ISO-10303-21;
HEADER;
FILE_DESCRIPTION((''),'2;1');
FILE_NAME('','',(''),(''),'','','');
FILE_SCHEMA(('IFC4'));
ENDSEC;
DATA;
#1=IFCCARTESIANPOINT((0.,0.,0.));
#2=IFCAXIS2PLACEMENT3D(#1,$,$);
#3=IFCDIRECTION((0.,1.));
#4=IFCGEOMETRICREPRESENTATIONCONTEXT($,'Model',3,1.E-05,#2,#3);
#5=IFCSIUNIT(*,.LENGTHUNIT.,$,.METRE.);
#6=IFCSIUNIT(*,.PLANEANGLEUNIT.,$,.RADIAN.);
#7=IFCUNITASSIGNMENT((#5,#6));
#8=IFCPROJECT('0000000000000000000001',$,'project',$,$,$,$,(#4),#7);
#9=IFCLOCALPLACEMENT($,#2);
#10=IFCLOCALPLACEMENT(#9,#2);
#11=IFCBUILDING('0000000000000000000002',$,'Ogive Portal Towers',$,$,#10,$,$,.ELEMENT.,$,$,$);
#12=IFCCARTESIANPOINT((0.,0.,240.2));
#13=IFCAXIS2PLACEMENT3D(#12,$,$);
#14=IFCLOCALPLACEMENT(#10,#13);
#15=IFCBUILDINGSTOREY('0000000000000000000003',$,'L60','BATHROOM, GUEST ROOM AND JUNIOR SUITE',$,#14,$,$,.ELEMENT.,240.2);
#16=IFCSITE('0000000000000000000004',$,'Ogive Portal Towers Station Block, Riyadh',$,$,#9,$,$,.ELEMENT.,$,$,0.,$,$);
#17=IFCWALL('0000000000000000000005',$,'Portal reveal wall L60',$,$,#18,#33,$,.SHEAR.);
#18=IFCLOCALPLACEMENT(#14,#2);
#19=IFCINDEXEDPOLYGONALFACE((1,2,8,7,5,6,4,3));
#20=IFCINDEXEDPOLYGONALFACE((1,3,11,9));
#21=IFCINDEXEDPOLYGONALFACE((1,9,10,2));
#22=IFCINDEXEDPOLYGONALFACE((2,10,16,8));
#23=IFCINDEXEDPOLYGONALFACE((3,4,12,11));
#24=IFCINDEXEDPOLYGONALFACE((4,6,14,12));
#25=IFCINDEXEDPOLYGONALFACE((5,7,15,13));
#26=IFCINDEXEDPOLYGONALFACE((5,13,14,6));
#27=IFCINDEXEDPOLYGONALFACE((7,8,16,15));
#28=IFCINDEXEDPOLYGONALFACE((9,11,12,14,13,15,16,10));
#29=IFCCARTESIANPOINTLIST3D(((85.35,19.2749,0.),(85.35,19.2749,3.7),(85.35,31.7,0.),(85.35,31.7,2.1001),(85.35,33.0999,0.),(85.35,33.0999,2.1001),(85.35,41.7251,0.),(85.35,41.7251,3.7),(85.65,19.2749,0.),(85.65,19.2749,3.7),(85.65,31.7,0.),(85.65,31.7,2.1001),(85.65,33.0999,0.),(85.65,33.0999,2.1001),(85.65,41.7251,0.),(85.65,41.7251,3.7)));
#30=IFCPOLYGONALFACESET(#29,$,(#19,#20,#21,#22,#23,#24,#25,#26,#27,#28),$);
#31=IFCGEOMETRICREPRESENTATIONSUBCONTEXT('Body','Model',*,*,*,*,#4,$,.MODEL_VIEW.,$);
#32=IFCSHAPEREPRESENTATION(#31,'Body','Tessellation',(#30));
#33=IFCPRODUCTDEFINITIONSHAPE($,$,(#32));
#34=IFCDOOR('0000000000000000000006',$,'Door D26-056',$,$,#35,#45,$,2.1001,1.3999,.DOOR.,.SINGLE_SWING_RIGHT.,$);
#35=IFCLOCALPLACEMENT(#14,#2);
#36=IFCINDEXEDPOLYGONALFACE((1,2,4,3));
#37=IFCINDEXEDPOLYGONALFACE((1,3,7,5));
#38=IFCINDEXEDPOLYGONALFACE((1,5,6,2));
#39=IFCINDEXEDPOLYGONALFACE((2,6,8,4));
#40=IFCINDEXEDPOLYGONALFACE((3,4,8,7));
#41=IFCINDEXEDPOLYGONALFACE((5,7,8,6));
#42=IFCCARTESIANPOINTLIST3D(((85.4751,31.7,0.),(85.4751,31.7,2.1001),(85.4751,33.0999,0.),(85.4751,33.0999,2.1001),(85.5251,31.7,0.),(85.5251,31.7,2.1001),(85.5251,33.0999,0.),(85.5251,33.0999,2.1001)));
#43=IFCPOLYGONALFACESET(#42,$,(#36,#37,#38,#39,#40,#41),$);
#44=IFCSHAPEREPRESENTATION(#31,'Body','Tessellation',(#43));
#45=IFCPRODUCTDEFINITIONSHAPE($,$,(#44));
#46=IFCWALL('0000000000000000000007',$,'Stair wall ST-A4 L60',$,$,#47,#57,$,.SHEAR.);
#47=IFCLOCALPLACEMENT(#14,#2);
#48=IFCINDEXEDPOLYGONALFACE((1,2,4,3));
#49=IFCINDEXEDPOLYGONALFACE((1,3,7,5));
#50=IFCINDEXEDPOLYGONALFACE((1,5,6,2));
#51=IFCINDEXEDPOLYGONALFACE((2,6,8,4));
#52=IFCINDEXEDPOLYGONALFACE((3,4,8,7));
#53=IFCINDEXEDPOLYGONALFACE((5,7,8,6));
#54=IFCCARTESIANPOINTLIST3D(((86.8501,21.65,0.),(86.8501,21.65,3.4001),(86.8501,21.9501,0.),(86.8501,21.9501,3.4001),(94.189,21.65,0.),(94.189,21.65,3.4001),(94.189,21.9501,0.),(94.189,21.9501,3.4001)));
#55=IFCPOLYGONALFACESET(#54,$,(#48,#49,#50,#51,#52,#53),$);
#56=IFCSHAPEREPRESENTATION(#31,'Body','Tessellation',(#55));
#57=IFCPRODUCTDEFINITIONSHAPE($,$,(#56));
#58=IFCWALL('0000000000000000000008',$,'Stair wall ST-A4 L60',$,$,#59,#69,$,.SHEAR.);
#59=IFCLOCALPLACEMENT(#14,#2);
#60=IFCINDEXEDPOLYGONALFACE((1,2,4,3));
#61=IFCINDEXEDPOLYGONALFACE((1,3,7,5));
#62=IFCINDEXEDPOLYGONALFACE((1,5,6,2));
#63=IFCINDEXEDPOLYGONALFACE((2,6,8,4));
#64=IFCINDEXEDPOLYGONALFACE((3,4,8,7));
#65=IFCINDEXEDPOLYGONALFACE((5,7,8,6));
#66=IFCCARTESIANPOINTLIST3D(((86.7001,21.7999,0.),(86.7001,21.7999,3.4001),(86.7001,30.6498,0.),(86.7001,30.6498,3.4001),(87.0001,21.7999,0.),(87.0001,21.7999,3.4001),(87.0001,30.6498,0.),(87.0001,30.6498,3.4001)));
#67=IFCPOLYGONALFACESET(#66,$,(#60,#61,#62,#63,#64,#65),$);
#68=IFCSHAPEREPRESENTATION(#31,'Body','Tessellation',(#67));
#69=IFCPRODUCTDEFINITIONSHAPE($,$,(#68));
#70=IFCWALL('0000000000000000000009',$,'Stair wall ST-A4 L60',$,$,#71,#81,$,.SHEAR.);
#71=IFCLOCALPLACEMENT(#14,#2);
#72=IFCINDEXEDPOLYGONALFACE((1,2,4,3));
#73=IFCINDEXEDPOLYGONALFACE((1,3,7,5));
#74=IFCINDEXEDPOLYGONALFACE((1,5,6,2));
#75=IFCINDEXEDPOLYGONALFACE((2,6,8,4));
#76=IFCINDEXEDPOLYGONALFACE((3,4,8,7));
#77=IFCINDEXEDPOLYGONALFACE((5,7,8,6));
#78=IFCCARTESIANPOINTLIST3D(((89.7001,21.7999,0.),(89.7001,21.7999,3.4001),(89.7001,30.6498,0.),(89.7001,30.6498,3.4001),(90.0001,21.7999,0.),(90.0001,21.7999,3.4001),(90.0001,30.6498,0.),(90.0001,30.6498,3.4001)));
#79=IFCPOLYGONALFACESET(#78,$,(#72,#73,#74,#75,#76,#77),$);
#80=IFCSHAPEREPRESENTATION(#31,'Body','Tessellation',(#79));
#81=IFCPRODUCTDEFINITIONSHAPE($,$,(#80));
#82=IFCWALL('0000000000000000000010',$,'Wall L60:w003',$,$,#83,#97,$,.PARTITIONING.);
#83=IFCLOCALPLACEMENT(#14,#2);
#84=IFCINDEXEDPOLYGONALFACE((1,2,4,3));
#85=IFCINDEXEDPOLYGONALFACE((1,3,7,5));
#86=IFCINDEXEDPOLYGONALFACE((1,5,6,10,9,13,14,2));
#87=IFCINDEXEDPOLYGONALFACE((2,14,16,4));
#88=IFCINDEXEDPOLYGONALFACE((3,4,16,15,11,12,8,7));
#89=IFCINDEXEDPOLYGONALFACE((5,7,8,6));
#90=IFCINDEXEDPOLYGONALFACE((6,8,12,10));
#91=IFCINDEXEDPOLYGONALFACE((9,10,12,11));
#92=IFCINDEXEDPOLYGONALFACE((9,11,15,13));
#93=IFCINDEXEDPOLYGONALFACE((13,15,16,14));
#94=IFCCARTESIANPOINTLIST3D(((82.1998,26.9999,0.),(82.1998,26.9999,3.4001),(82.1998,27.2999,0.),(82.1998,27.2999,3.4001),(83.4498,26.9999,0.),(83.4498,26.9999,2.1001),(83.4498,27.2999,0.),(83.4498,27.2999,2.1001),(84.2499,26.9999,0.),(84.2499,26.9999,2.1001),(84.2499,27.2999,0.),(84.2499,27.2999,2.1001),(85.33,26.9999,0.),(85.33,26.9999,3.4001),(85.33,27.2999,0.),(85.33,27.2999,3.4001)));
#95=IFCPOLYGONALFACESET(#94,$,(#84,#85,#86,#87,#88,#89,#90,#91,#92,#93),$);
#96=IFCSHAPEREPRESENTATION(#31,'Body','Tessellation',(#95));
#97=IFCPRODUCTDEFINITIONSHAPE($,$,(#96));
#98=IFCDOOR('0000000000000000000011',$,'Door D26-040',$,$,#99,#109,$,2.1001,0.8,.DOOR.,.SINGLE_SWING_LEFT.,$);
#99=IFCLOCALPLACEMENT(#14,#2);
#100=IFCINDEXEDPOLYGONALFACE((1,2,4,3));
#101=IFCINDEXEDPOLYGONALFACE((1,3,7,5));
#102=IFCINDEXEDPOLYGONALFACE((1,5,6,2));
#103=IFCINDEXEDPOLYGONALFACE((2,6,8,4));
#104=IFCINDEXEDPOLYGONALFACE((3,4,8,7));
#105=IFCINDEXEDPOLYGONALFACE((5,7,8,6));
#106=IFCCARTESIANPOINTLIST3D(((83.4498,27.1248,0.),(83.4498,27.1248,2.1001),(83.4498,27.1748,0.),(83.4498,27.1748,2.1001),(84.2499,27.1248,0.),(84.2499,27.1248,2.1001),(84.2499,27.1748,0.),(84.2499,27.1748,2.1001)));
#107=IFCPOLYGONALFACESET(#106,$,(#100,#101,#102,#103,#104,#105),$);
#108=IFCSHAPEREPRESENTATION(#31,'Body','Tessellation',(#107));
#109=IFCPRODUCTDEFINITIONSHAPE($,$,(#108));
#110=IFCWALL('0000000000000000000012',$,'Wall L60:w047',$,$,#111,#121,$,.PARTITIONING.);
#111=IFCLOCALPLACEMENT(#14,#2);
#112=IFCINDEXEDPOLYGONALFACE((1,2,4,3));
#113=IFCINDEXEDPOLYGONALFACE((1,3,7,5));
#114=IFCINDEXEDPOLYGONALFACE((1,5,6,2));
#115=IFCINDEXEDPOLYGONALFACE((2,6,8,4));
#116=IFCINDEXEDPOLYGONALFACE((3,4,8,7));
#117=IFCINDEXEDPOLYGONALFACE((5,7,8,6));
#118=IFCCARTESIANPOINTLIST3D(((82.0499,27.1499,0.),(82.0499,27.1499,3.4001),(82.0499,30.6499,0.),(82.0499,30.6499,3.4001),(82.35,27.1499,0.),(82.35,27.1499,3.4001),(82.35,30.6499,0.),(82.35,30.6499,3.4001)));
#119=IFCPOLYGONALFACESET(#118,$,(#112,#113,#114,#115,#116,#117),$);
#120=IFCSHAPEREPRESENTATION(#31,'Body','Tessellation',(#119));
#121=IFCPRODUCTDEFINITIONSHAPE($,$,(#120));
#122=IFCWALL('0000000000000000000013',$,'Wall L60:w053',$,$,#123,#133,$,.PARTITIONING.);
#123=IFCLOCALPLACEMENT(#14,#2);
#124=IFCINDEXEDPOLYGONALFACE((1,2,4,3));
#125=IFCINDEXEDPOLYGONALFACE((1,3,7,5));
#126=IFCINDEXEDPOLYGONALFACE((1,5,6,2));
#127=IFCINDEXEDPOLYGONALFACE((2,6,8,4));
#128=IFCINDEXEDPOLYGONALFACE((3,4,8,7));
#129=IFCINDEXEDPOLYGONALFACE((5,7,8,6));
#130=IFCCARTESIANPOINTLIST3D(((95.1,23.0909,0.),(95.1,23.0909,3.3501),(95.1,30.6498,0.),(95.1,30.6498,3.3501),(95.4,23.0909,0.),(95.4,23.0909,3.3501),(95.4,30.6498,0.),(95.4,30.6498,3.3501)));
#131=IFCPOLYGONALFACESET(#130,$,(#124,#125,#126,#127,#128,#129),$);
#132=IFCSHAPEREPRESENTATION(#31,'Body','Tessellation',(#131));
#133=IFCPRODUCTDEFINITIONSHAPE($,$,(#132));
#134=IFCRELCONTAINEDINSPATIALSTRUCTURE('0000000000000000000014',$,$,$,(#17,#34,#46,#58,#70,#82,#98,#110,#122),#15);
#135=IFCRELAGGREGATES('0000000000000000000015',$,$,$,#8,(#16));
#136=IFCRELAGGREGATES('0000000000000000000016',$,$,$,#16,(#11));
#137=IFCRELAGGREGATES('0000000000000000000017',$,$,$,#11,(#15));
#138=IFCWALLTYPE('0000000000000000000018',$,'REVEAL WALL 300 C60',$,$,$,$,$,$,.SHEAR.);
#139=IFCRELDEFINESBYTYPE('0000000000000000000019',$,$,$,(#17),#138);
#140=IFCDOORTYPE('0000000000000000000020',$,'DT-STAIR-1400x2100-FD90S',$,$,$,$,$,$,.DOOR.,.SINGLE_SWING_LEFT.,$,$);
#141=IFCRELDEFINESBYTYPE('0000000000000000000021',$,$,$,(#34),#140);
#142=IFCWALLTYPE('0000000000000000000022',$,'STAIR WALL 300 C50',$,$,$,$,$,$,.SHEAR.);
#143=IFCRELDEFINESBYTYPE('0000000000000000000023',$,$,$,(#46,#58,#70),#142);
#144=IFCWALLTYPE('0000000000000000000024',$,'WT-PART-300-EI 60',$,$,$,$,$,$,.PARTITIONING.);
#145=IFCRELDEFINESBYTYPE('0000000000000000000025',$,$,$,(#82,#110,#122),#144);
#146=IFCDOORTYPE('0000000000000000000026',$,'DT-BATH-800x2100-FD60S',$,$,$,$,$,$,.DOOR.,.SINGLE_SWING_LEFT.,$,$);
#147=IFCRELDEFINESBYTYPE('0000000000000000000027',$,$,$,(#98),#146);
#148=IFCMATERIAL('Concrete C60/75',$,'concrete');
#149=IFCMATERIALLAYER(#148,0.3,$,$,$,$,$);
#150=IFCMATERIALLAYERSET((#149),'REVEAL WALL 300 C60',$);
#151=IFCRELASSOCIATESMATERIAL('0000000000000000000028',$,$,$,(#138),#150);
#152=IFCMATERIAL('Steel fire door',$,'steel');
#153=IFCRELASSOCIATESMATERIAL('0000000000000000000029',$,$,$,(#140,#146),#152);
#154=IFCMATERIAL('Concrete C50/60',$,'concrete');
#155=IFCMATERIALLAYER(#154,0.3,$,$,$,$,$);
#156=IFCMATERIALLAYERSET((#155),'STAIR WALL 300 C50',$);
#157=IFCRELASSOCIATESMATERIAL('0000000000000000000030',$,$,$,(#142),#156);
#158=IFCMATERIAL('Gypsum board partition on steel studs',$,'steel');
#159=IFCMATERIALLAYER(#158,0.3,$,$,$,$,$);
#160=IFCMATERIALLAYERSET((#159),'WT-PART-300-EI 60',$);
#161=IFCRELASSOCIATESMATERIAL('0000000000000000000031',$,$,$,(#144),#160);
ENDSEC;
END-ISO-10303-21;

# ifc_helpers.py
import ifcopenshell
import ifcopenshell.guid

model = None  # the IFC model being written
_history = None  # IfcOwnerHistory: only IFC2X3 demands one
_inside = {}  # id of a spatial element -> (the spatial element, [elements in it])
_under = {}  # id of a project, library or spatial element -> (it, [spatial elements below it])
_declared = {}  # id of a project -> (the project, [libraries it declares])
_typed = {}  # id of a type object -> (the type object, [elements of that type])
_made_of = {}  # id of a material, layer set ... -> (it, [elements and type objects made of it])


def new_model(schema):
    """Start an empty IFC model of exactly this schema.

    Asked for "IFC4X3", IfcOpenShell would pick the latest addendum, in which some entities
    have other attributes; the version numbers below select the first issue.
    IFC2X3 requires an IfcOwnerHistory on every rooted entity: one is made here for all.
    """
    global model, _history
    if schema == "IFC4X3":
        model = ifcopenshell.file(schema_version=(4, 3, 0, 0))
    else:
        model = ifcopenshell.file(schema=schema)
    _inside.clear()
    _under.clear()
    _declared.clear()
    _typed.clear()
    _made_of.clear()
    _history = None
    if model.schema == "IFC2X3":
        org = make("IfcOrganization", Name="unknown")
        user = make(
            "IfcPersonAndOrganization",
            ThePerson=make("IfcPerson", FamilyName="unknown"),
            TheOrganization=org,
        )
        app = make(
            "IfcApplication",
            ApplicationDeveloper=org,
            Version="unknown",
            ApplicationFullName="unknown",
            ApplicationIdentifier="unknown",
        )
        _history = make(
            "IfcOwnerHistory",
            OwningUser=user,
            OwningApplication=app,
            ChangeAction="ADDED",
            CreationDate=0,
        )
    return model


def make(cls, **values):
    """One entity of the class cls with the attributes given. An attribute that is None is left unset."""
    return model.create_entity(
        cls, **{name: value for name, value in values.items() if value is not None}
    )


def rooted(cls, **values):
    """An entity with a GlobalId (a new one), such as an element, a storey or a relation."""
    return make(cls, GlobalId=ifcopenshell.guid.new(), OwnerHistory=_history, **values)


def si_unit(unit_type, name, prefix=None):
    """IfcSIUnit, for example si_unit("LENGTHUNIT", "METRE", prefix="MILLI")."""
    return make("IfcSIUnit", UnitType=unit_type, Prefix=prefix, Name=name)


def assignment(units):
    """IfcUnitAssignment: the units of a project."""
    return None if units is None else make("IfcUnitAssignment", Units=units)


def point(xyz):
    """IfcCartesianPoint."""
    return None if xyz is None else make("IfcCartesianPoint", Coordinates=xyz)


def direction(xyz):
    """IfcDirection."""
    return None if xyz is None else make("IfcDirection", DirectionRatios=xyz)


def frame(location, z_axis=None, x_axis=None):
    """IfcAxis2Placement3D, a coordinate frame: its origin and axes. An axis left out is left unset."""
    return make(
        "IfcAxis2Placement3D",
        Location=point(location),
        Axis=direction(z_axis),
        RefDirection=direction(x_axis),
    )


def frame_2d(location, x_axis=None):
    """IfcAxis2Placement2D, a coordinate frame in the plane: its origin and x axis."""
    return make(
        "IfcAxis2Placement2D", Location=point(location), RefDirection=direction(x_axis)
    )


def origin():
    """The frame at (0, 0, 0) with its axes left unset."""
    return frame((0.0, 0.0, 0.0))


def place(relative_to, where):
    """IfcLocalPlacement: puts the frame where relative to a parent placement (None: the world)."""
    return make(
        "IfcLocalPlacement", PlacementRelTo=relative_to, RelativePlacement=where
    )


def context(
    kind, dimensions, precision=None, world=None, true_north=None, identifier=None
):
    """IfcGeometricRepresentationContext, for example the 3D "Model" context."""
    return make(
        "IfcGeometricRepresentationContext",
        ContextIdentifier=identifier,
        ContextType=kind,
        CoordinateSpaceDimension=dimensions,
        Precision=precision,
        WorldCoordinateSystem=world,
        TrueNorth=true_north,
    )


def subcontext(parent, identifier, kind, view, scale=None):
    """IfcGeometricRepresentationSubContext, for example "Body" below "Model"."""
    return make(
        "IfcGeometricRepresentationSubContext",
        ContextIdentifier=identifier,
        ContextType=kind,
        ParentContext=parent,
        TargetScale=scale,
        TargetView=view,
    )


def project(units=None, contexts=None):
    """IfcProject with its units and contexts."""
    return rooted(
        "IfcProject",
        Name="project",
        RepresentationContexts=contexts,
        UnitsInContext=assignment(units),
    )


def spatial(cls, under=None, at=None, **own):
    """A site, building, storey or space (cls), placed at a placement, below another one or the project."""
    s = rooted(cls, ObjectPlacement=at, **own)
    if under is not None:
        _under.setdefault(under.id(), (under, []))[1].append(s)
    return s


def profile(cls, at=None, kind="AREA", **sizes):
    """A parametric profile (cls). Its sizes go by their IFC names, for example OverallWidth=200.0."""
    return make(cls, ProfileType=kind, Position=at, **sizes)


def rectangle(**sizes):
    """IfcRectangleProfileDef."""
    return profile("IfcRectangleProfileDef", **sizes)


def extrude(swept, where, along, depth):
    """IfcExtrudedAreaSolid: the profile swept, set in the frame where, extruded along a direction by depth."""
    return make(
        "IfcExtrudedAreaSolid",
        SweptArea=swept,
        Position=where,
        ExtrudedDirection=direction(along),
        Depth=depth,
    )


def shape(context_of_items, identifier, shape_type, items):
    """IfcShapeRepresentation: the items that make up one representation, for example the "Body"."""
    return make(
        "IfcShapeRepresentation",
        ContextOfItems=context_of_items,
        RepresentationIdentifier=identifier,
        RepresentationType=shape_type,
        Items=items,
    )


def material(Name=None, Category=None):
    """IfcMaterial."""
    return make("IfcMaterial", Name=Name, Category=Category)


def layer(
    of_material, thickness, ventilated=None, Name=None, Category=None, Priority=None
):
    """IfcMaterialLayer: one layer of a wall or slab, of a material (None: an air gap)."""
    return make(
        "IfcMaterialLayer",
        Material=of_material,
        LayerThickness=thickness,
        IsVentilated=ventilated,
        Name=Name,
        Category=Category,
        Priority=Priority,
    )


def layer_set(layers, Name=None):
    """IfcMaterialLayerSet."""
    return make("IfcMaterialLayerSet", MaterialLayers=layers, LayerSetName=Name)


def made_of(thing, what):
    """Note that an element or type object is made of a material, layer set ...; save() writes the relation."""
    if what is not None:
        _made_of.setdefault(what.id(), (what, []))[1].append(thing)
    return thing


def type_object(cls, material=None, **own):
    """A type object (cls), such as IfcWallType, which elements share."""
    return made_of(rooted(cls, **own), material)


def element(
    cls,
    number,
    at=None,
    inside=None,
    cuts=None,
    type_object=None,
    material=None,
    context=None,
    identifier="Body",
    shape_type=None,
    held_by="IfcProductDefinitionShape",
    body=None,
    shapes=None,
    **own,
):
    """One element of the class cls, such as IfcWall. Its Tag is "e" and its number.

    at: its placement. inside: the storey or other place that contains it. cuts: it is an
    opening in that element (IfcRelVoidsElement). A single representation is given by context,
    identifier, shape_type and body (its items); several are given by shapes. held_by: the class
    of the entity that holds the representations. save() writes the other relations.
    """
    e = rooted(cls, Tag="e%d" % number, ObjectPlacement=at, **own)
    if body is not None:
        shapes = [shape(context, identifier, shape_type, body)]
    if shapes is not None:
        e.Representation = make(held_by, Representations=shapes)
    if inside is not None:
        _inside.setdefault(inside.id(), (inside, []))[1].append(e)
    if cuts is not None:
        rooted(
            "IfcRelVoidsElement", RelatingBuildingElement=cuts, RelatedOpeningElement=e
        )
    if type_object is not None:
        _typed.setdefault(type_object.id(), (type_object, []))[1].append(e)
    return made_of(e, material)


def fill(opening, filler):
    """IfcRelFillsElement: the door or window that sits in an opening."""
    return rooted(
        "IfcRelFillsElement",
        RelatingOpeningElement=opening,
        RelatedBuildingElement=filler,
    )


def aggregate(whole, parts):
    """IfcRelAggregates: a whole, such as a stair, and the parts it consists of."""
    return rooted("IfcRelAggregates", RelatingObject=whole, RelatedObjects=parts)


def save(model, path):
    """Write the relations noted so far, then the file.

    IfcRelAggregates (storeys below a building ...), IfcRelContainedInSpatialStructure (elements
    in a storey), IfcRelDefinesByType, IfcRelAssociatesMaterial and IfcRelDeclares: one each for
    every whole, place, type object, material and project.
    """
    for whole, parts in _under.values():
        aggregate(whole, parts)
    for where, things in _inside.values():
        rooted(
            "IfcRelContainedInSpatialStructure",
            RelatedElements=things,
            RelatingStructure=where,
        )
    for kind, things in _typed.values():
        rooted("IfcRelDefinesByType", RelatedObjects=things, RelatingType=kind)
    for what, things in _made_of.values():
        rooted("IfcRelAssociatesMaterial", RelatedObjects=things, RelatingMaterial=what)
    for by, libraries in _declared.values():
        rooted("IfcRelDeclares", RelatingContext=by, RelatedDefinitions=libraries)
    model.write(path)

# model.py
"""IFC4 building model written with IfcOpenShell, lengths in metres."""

from ifc_helpers import new_model, si_unit, direction, frame, frame_2d, origin, place, context, subcontext, project, spatial, rectangle, extrude, material, layer, layer_set, type_object, element, fill, save


model = new_model("IFC4")

# Units and contexts
model_context = context("Model", 3, precision=1e-05, world=origin(), true_north=direction((0.0, 1.0)))
body_context = subcontext(model_context, "Body", "Model", "MODEL_VIEW")
ifc_project = project(units=[si_unit("LENGTHUNIT", "METRE"), si_unit("PLANEANGLEUNIT", "RADIAN")], contexts=[model_context])

# Site, building, storey
site_placement = place(None, origin())
site = spatial("IfcSite", under=ifc_project, at=site_placement, Name="Ogive Portal Towers Station Block, Riyadh", CompositionType="ELEMENT", RefElevation=0.0)
building_placement = place(site_placement, origin())
building = spatial("IfcBuilding", under=site, at=building_placement, Name="Ogive Portal Towers", CompositionType="ELEMENT")
storey_placement = place(building_placement, frame((0.0, 0.0, 240.2)))
storey = spatial("IfcBuildingStorey", under=building, at=storey_placement, Name="L60", Description="BATHROOM, GUEST ROOM AND JUNIOR SUITE", CompositionType="ELEMENT", Elevation=240.2)

# Shared definitions
ifc_material_1 = material(Name="Concrete C60/75", Category="concrete")

# Wall, opening, door
ifc_layer_1 = layer(ifc_material_1, 0.3)
ifc_layer_set_1 = layer_set([ifc_layer_1], Name="REVEAL WALL 300 C60")
wall_type_1 = type_object("IfcWallType", Name="REVEAL WALL 300 C60", PredefinedType="SHEAR", material=ifc_layer_set_1)
wall_1_placement = place(storey_placement, frame((85.5, 19.2749, 0.0), z_axis=(0.0, 0.0, 1.0), x_axis=(0.0, 1.0, 0.0)))
wall_1 = element("IfcWall", 1, at=wall_1_placement, inside=storey, type_object=wall_type_1, Name="Portal reveal wall L60", PredefinedType="SHEAR", context=body_context, shape_type="SweptSolid", body=[
    extrude(rectangle(XDim=22.4502, YDim=0.3, at=frame_2d((11.2251, 0.0))), origin(), (0.0, 0.0, 1.0), 3.7),
])
opening_1_placement = place(wall_1_placement, frame((12.425, 0.0, 0.0)))
opening_1 = element("IfcOpeningElement", 2, at=opening_1_placement, cuts=wall_1, PredefinedType="OPENING", context=body_context, shape_type="SweptSolid", body=[
    extrude(rectangle(XDim=1.3999, YDim=2.1001, at=frame_2d((0.7, 1.05))), frame((0.0, 0.1602, 0.0), z_axis=(0.0, -1.0, 0.0), x_axis=(1.0, 0.0, 0.0)), (0.0, 0.0, 1.0), 0.3201),
])
ifc_material_2 = material(Name="Steel fire door", Category="steel")
door_type_1 = type_object("IfcDoorType", Name="DT-STAIR-1400x2100-FD90S", OperationType="SINGLE_SWING_LEFT", PredefinedType="DOOR", material=ifc_material_2)
door_1_placement = place(opening_1_placement, origin())
door_1 = element("IfcDoor", 3, at=door_1_placement, inside=storey, type_object=door_type_1, Name="Door D26-056", OperationType="SINGLE_SWING_RIGHT", OverallHeight=2.1001, OverallWidth=1.3999, PredefinedType="DOOR", context=body_context, shape_type="SweptSolid", body=[
    extrude(rectangle(XDim=1.3999, YDim=2.1001, at=frame_2d((0.7, 1.05))), frame((0.0, 0.0249, 0.0), z_axis=(0.0, -1.0, 0.0), x_axis=(1.0, 0.0, 0.0)), (0.0, 0.0, 1.0), 0.05),
])
fill(opening_1, door_1)

# Walls
ifc_material_3 = material(Name="Concrete C50/60", Category="concrete")
ifc_layer_2 = layer(ifc_material_3, 0.3)
ifc_layer_set_2 = layer_set([ifc_layer_2], Name="STAIR WALL 300 C50")
wall_type_2 = type_object("IfcWallType", Name="STAIR WALL 300 C50", PredefinedType="SHEAR", material=ifc_layer_set_2)
wall_2_placement = place(storey_placement, frame((86.8501, 21.8, 0.0), z_axis=(0.0, 0.0, 1.0), x_axis=(1.0, 0.0, 0.0)))
element("IfcWall", 4, at=wall_2_placement, inside=storey, type_object=wall_type_2, Name="Stair wall ST-A4 L60", PredefinedType="SHEAR", context=body_context, shape_type="SweptSolid", body=[
    extrude(rectangle(XDim=7.3389, YDim=0.3, at=frame_2d((3.6694, 0.0))), origin(), (0.0, 0.0, 1.0), 3.4001),
])
for number, where, z_axis, x_axis, name in (
    (5, (86.8501, 21.8, 0.0), (0.0, 0.0, 1.0), (0.0, 1.0, 0.0), "Stair wall ST-A4 L60"),
    (6, (89.8501, 21.8, 0.0), (0.0, 0.0, 1.0), (0.0, 1.0, 0.0), "Stair wall ST-A4 L60"),
):
    element("IfcWall", number, at=place(storey_placement, frame(where, z_axis=z_axis, x_axis=x_axis)), inside=storey, type_object=wall_type_2, Name=name, PredefinedType="SHEAR", context=body_context, shape_type="SweptSolid", body=[
        extrude(rectangle(XDim=8.8499, YDim=0.3, at=frame_2d((4.4248, 0.0))), origin(), (0.0, 0.0, 1.0), 3.4001),
    ])

# Wall, opening, door
ifc_material_4 = material(Name="Gypsum board partition on steel studs", Category="steel")
ifc_layer_3 = layer(ifc_material_4, 0.3)
ifc_layer_set_3 = layer_set([ifc_layer_3], Name="WT-PART-300-EI 60")
wall_type_3 = type_object("IfcWallType", Name="WT-PART-300-EI 60", PredefinedType="PARTITIONING", material=ifc_layer_set_3)
wall_3_placement = place(storey_placement, frame((82.2, 27.1499, 0.0), z_axis=(0.0, 0.0, 1.0), x_axis=(1.0, 0.0, 0.0)))
wall_3 = element("IfcWall", 7, at=wall_3_placement, inside=storey, type_object=wall_type_3, Name="Wall L60:w003", PredefinedType="PARTITIONING", context=body_context, shape_type="SweptSolid", body=[
    extrude(rectangle(XDim=3.1301, YDim=0.3, at=frame_2d((1.5649, 0.0))), origin(), (0.0, 0.0, 1.0), 3.4001),
])
opening_2_placement = place(wall_3_placement, frame((1.25, 0.0, 0.0)))
opening_2 = element("IfcOpeningElement", 8, at=opening_2_placement, cuts=wall_3, PredefinedType="OPENING", context=body_context, shape_type="SweptSolid", body=[
    extrude(rectangle(XDim=0.8, YDim=2.1001, at=frame_2d((0.3999, 1.05))), frame((0.0, 0.1602, 0.0), z_axis=(0.0, -1.0, 0.0), x_axis=(1.0, 0.0, 0.0)), (0.0, 0.0, 1.0), 0.3201),
])
door_type_2 = type_object("IfcDoorType", Name="DT-BATH-800x2100-FD60S", OperationType="SINGLE_SWING_LEFT", PredefinedType="DOOR", material=ifc_material_2)
door_2_placement = place(opening_2_placement, origin())
door_2 = element("IfcDoor", 9, at=door_2_placement, inside=storey, type_object=door_type_2, Name="Door D26-040", OperationType="SINGLE_SWING_LEFT", OverallHeight=2.1001, OverallWidth=0.8, PredefinedType="DOOR", context=body_context, shape_type="SweptSolid", body=[
    extrude(rectangle(XDim=0.8, YDim=2.1001, at=frame_2d((0.3999, 1.05))), frame((0.0, 0.0249, 0.0), z_axis=(0.0, -1.0, 0.0), x_axis=(1.0, 0.0, 0.0)), (0.0, 0.0, 1.0), 0.05),
])
fill(opening_2, door_2)

# Walls
wall_4_placement = place(storey_placement, frame((82.2, 27.1499, 0.0), z_axis=(0.0, 0.0, 1.0), x_axis=(0.0, 1.0, 0.0)))
element("IfcWall", 10, at=wall_4_placement, inside=storey, type_object=wall_type_3, Name="Wall L60:w047", PredefinedType="PARTITIONING", context=body_context, shape_type="SweptSolid", body=[
    extrude(rectangle(XDim=3.5, YDim=0.3, at=frame_2d((1.75, 0.0))), origin(), (0.0, 0.0, 1.0), 3.4001),
])
wall_5_placement = place(storey_placement, frame((95.25, 23.0911, 0.0), z_axis=(0.0, 0.0, 1.0), x_axis=(0.0, 1.0, 0.0)))
element("IfcWall", 11, at=wall_5_placement, inside=storey, type_object=wall_type_3, Name="Wall L60:w053", PredefinedType="PARTITIONING", context=body_context, shape_type="SweptSolid", body=[
    extrude(rectangle(XDim=7.5588, YDim=0.3, at=frame_2d((3.7793, 0.0))), origin(), (0.0, 0.0, 1.0), 3.3501),
])

save(model, "model.ifc")
